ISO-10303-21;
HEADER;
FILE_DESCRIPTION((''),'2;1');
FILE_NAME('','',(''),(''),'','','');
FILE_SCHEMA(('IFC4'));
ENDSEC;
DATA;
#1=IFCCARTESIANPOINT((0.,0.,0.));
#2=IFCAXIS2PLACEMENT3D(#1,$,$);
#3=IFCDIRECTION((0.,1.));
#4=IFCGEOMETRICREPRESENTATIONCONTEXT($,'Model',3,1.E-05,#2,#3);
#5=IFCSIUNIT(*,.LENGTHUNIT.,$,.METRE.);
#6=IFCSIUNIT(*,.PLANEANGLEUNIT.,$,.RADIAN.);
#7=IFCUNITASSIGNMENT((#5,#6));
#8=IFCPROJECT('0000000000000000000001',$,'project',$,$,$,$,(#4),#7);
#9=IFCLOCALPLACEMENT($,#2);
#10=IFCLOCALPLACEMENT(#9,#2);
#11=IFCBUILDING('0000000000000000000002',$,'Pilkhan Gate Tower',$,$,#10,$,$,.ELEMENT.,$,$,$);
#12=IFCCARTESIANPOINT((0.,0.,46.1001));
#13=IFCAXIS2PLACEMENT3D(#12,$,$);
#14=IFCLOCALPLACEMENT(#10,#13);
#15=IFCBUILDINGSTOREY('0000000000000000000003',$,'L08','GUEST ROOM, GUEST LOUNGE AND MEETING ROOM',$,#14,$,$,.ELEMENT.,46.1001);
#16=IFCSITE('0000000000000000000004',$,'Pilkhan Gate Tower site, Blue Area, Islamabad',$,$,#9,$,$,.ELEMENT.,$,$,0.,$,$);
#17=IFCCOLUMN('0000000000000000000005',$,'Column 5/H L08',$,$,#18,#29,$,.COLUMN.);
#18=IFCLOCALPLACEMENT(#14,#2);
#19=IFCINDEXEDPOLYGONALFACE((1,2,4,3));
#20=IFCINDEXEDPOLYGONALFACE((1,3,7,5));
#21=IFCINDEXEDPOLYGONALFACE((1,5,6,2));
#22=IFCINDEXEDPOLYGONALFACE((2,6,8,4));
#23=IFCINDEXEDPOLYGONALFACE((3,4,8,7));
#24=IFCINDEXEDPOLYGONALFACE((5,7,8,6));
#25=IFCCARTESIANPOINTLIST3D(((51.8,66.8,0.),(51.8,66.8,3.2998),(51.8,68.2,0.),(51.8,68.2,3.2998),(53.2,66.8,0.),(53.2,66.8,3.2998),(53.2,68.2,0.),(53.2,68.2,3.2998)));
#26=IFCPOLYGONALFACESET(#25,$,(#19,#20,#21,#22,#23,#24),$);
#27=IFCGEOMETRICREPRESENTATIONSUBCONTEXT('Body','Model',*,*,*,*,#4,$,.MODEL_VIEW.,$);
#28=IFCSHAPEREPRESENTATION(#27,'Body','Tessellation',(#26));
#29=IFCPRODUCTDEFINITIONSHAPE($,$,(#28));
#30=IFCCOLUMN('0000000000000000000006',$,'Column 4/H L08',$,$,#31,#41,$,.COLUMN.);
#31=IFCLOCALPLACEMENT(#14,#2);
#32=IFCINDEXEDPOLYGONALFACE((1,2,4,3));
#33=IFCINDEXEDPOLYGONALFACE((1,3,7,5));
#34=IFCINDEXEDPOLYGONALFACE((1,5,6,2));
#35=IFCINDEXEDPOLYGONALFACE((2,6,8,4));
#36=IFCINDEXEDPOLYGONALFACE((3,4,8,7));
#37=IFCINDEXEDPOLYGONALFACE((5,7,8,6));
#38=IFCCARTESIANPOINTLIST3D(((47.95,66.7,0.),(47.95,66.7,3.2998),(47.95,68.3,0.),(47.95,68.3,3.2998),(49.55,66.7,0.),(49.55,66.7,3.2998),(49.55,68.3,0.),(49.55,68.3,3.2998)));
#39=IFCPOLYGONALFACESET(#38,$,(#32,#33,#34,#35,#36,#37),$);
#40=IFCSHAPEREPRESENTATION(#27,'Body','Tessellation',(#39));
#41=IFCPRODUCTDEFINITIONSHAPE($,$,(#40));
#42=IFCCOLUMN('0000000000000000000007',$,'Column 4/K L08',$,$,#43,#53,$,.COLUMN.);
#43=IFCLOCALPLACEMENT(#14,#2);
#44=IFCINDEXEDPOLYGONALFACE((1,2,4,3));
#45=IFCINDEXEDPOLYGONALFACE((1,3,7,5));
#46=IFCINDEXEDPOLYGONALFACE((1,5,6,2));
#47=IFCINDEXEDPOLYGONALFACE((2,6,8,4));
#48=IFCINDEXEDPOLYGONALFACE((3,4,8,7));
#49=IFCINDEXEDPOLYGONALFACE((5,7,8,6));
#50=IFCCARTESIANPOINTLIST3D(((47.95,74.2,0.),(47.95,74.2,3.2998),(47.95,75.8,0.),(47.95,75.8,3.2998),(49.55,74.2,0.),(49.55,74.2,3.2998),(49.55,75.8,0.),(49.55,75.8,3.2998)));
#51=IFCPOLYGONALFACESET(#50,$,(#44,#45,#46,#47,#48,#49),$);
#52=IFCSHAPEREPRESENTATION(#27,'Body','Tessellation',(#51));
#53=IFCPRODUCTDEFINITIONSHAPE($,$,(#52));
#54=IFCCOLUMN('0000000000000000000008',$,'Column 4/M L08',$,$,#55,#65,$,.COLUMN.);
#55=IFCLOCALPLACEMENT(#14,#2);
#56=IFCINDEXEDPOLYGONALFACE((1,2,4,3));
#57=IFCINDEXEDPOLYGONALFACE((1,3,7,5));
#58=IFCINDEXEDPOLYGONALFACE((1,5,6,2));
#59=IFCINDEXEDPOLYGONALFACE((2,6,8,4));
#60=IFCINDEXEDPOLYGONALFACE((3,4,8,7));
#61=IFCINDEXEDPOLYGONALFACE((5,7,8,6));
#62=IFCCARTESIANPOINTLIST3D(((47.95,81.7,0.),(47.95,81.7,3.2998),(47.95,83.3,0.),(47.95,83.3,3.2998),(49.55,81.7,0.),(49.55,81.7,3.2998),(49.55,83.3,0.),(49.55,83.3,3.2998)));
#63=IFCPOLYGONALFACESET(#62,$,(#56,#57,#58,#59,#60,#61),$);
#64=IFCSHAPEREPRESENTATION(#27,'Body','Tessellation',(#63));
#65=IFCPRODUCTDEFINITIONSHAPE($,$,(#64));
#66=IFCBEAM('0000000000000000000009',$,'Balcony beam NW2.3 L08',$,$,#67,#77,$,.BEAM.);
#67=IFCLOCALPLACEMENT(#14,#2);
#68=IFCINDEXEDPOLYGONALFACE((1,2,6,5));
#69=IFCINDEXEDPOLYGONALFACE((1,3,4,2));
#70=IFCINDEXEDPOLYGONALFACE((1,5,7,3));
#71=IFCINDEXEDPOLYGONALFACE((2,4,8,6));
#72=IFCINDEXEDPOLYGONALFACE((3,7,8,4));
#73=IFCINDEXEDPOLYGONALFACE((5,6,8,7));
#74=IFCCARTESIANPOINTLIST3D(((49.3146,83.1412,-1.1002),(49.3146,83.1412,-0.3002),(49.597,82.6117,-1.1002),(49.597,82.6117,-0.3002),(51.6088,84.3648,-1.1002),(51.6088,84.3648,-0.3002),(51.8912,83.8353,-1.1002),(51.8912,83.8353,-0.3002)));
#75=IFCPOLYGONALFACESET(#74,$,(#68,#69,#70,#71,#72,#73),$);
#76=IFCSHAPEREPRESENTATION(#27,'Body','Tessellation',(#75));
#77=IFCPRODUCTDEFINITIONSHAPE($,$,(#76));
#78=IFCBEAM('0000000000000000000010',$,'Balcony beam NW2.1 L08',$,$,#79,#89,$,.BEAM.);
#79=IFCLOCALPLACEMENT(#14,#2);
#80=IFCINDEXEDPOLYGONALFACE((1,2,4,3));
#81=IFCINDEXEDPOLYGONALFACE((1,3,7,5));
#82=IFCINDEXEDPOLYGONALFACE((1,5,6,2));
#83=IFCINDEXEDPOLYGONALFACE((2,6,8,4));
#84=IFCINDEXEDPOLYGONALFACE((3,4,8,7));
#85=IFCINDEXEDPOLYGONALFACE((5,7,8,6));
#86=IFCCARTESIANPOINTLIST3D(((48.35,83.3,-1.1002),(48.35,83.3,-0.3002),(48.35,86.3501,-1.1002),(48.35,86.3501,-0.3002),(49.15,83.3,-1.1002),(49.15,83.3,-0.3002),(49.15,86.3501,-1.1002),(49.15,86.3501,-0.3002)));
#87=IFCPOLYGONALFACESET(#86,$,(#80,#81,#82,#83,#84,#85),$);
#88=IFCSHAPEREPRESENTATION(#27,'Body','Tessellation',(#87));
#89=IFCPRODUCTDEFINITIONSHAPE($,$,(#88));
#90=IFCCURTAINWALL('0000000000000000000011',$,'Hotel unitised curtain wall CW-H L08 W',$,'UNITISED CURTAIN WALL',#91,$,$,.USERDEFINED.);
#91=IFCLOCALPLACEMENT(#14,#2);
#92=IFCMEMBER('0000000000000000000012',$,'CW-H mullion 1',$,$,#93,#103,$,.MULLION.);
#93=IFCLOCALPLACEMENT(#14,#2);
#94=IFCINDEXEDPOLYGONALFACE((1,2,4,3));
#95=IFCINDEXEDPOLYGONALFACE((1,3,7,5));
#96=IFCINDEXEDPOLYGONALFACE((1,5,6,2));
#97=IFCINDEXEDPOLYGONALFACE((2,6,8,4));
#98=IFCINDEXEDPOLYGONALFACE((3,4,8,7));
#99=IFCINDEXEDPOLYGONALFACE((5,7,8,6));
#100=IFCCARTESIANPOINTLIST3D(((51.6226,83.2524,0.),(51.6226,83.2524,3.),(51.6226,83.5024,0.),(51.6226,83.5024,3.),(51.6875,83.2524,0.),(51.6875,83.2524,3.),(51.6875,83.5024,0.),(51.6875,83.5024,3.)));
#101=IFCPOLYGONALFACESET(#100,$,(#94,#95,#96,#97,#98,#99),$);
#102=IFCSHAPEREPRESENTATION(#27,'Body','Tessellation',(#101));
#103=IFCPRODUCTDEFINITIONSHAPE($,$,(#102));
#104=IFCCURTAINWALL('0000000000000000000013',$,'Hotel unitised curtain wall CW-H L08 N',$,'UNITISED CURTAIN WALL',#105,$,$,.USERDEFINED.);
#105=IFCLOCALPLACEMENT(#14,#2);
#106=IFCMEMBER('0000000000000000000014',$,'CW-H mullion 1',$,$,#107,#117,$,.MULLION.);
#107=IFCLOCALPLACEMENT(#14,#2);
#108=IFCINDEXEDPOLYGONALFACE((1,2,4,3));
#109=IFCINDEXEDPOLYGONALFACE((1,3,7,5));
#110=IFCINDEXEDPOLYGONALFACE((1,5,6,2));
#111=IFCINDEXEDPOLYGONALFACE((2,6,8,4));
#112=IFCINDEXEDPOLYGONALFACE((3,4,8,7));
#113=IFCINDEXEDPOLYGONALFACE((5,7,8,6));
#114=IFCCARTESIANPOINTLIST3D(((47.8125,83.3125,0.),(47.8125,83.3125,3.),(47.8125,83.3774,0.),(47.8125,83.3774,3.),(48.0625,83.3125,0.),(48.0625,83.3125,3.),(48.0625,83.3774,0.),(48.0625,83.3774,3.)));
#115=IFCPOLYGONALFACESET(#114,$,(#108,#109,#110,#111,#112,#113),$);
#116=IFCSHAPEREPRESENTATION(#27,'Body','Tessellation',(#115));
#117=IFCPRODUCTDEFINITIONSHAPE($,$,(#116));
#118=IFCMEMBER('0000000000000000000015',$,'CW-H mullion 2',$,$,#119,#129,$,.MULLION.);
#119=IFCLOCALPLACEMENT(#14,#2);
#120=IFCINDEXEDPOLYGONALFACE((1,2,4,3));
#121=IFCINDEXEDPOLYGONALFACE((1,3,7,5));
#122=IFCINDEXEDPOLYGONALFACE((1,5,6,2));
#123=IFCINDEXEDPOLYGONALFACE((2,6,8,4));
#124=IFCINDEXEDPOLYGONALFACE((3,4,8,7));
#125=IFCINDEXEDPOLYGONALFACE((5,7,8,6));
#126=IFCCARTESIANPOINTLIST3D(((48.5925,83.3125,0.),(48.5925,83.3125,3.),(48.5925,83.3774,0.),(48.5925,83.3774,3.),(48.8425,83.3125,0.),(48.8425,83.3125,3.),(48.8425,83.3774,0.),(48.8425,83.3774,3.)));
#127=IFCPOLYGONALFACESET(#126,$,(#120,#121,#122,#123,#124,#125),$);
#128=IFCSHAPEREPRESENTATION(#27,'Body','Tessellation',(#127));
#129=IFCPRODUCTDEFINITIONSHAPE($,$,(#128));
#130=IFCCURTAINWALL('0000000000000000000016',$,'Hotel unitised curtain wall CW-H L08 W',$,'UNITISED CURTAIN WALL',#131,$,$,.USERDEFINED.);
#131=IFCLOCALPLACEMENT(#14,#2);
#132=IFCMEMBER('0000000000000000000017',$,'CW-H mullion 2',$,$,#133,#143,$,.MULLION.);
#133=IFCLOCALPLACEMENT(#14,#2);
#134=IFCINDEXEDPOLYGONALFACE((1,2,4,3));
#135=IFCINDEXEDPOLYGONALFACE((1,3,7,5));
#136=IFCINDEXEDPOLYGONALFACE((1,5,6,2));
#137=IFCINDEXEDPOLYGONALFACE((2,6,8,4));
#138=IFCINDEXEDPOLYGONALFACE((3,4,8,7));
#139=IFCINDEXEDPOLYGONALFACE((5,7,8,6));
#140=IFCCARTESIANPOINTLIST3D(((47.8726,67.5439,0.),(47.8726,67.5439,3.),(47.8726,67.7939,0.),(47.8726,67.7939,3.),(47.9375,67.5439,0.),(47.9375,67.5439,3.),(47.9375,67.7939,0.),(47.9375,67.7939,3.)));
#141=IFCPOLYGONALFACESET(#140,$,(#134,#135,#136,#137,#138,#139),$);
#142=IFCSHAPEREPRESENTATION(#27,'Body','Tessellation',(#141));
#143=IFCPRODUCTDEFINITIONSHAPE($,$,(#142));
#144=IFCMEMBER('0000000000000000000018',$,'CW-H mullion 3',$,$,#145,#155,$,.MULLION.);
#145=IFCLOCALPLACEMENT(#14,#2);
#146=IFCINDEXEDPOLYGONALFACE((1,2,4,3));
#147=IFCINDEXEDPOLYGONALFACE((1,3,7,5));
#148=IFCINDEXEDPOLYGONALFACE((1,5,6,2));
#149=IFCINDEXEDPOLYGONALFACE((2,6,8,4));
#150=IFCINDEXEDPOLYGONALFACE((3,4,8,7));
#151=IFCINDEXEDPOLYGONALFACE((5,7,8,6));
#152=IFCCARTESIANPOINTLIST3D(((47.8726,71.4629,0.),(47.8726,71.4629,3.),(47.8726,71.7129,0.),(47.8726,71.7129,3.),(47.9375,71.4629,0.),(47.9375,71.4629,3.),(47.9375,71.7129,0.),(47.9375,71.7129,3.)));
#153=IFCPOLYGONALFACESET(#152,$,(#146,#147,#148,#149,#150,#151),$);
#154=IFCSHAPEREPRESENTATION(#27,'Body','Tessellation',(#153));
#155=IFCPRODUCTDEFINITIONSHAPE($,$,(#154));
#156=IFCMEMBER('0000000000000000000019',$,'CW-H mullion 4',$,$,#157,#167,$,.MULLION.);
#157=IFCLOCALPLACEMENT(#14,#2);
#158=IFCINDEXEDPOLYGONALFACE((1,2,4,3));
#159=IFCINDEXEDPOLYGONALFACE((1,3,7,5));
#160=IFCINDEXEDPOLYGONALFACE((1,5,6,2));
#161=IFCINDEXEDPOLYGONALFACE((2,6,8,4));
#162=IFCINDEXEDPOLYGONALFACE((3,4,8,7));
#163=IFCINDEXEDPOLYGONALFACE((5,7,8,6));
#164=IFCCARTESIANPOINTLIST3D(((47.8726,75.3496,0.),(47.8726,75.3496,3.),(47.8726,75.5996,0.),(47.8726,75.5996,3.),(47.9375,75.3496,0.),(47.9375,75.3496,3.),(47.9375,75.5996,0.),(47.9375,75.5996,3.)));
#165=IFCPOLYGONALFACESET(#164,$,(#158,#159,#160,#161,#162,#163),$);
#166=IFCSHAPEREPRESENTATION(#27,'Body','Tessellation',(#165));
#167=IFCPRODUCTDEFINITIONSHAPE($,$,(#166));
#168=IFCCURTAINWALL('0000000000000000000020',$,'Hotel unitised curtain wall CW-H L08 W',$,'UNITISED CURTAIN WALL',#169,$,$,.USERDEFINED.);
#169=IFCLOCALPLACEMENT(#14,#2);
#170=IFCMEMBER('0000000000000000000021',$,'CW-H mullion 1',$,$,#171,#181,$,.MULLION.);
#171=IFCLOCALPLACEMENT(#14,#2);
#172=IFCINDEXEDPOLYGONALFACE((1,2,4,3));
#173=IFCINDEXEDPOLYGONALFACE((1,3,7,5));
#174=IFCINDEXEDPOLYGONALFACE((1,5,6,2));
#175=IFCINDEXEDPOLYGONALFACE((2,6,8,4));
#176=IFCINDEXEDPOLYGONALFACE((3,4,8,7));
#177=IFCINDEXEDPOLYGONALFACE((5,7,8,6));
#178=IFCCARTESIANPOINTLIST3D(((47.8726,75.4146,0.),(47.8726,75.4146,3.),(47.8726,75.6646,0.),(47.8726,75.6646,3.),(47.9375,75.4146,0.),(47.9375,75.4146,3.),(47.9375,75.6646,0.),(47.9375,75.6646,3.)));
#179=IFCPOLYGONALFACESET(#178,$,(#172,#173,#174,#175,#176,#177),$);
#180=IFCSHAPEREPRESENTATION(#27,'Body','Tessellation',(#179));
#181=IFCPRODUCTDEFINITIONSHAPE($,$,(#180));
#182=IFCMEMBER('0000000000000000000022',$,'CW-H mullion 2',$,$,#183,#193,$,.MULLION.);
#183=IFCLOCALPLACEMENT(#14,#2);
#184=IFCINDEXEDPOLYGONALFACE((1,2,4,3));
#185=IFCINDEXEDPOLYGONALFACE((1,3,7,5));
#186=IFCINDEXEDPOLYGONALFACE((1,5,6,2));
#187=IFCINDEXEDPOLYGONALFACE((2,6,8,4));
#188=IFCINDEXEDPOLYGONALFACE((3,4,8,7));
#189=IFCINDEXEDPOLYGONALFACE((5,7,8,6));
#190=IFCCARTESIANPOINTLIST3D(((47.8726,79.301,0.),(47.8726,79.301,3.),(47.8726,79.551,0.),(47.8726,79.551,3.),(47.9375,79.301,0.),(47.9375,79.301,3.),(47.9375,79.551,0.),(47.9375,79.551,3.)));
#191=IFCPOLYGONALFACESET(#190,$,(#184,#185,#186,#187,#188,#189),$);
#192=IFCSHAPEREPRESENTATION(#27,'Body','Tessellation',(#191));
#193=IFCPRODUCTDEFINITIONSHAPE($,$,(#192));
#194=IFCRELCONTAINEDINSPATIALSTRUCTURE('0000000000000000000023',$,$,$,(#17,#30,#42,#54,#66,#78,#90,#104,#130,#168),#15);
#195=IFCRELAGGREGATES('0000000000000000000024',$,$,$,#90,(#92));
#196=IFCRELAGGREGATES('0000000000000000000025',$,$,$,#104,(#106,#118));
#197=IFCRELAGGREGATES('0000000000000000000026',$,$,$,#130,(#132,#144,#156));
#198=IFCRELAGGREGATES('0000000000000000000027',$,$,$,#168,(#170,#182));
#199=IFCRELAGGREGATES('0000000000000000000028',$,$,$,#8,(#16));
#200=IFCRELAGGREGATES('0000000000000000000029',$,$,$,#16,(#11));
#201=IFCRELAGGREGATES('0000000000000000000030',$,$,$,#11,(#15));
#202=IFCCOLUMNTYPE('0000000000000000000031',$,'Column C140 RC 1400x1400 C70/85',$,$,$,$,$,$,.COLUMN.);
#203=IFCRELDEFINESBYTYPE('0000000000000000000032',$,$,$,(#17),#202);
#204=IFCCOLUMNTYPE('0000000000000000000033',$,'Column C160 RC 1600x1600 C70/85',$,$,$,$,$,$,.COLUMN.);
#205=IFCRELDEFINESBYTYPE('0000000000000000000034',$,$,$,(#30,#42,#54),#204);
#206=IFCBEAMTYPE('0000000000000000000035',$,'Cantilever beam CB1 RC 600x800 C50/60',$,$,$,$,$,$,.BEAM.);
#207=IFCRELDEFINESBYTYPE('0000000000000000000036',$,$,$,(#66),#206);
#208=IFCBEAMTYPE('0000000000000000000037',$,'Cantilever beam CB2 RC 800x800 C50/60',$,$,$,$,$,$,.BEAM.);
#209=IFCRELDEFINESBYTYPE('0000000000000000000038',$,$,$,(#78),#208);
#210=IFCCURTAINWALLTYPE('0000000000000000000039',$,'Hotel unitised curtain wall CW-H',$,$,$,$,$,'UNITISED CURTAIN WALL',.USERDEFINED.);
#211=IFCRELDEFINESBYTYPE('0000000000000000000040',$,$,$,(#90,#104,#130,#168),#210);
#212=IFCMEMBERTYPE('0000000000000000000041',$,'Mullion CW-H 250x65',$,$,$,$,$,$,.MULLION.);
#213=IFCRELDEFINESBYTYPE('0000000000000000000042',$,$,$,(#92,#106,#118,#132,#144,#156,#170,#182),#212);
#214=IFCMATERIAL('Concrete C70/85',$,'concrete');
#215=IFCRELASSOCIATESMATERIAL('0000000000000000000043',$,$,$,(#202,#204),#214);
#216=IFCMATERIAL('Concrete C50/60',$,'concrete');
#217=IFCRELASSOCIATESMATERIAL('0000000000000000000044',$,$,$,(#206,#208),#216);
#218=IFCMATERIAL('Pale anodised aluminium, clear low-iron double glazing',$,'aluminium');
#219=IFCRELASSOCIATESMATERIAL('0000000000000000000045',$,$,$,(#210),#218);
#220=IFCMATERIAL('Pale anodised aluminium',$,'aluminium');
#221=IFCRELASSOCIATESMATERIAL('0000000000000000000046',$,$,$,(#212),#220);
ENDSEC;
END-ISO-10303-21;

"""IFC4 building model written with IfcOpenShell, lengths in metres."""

from ifc_helpers import new_model, si_unit, direction, frame, origin, origin_2d, place, context, subcontext, project, spatial, rectangle, extrude, material, material_profile, profile_set, type_object, element, aggregate, save


model = new_model("IFC4")

# Units and contexts
model_context = context("Model", 3, precision=1e-05, world=origin(), true_north=direction((0.0, 1.0)))
body_context = subcontext(model_context, "Body", "Model", "MODEL_VIEW")
ifc_project = project(units=[si_unit("LENGTHUNIT", "METRE"), si_unit("PLANEANGLEUNIT", "RADIAN")], contexts=[model_context])

# Site, building, storey
site_placement = place(None, origin())
site = spatial("IfcSite", under=ifc_project, at=site_placement, Name="Pilkhan Gate Tower site, Blue Area, Islamabad", CompositionType="ELEMENT", RefElevation=0.0)
building_placement = place(site_placement, origin())
building = spatial("IfcBuilding", under=site, at=building_placement, Name="Pilkhan Gate Tower", CompositionType="ELEMENT")
storey_placement = place(building_placement, frame((0.0, 0.0, 46.1001)))
storey = spatial("IfcBuildingStorey", under=building, at=storey_placement, Name="L08", Description="GUEST ROOM, GUEST LOUNGE AND MEETING ROOM", CompositionType="ELEMENT", Elevation=46.1001)

# Columns
ifc_material_1 = material(Name="Concrete C70/85", Category="concrete")
ifc_material_profile_1 = material_profile(ifc_material_1, rectangle(XDim=1.3999, YDim=1.3999, at=origin_2d()), Name="RC 1400x1400")
ifc_profile_set_1 = profile_set([ifc_material_profile_1], Name="Concrete C70/85")
column_type_1 = type_object("IfcColumnType", Name="Column C140 RC 1400x1400 C70/85", PredefinedType="COLUMN", material=ifc_profile_set_1)
column_placement = place(storey_placement, frame((52.5, 67.5, 0.0), z_axis=(0.0, 0.0, 1.0), x_axis=(1.0, 0.0, 0.0)))
element("IfcColumn", 1, at=column_placement, inside=storey, type_object=column_type_1, Name="Column 5/H L08", PredefinedType="COLUMN", context=body_context, shape_type="SweptSolid", body=[
    extrude(rectangle(XDim=1.3999, YDim=1.3999, at=origin_2d()), origin(), (0.0, 0.0, 1.0), 3.2998),
])
ifc_material_profile_2 = material_profile(ifc_material_1, rectangle(XDim=1.6001, YDim=1.6001, at=origin_2d()), Name="RC 1600x1600")
ifc_profile_set_2 = profile_set([ifc_material_profile_2], Name="Concrete C70/85")
column_type_2 = type_object("IfcColumnType", Name="Column C160 RC 1600x1600 C70/85", PredefinedType="COLUMN", material=ifc_profile_set_2)
for number, where, z_axis, x_axis, name in (
    (2, (48.75, 67.5, 0.0), (0.0, 0.0, 1.0), (1.0, 0.0, 0.0), "Column 4/H L08"),
    (3, (48.75, 75.0, 0.0), (0.0, 0.0, 1.0), (1.0, 0.0, 0.0), "Column 4/K L08"),
    (4, (48.75, 82.5, 0.0), (0.0, 0.0, 1.0), (1.0, 0.0, 0.0), "Column 4/M L08"),
):
    element("IfcColumn", number, at=place(storey_placement, frame(where, z_axis=z_axis, x_axis=x_axis)), inside=storey, type_object=column_type_2, Name=name, PredefinedType="COLUMN", context=body_context, shape_type="SweptSolid", body=[
        extrude(rectangle(XDim=1.6001, YDim=1.6001, at=origin_2d()), origin(), (0.0, 0.0, 1.0), 3.2998),
    ])

# Beams
ifc_material_2 = material(Name="Concrete C50/60", Category="concrete")
ifc_material_profile_3 = material_profile(ifc_material_2, rectangle(XDim=0.6001, YDim=0.8, at=origin_2d()), Name="RC 600x800")
ifc_profile_set_3 = profile_set([ifc_material_profile_3], Name="Concrete C50/60")
beam_type_1 = type_object("IfcBeamType", Name="Cantilever beam CB1 RC 600x800 C50/60", PredefinedType="BEAM", material=ifc_profile_set_3)
beam_1_placement = place(storey_placement, frame((49.4558, 82.8765, -0.7002), z_axis=(0.882343, 0.470608, 0.0), x_axis=(-0.470608, 0.882343, 0.0)))
element("IfcBeam", 5, at=beam_1_placement, inside=storey, type_object=beam_type_1, Name="Balcony beam NW2.3 L08", PredefinedType="BEAM", context=body_context, shape_type="SweptSolid", body=[
    extrude(rectangle(XDim=0.6001, YDim=0.8, at=origin_2d()), origin(), (0.0, 0.0, 1.0), 2.6001),
])
ifc_material_profile_4 = material_profile(ifc_material_2, rectangle(XDim=0.8, YDim=0.8, at=origin_2d()), Name="RC 800x800")
ifc_profile_set_4 = profile_set([ifc_material_profile_4], Name="Concrete C50/60")
beam_type_2 = type_object("IfcBeamType", Name="Cantilever beam CB2 RC 800x800 C50/60", PredefinedType="BEAM", material=ifc_profile_set_4)
beam_2_placement = place(storey_placement, frame((48.75, 83.3, -0.7002), z_axis=(0.0, 1.0, 0.0), x_axis=(-1.0, 0.0, 0.0)))
element("IfcBeam", 6, at=beam_2_placement, inside=storey, type_object=beam_type_2, Name="Balcony beam NW2.1 L08", PredefinedType="BEAM", context=body_context, shape_type="SweptSolid", body=[
    extrude(rectangle(XDim=0.8, YDim=0.8, at=origin_2d()), origin(), (0.0, 0.0, 1.0), 3.05),
])

# Curtain wall, member
ifc_material_3 = material(Name="Pale anodised aluminium, clear low-iron double glazing", Category="aluminium")
curtain_wall_type = type_object("IfcCurtainWallType", Name="Hotel unitised curtain wall CW-H", ElementType="UNITISED CURTAIN WALL", PredefinedType="USERDEFINED", material=ifc_material_3)
curtain_wall_1_placement = place(storey_placement, origin())
curtain_wall_1 = element("IfcCurtainWall", 7, at=curtain_wall_1_placement, inside=storey, type_object=curtain_wall_type, Name="Hotel unitised curtain wall CW-H L08 W", ObjectType="UNITISED CURTAIN WALL", PredefinedType="USERDEFINED")
ifc_material_4 = material(Name="Pale anodised aluminium", Category="aluminium")
ifc_material_profile_5 = material_profile(ifc_material_4, rectangle(XDim=0.0649, YDim=0.25, at=origin_2d()), Name="Mullion 250x65")
ifc_profile_set_5 = profile_set([ifc_material_profile_5], Name="Pale anodised aluminium")
member_type_1 = type_object("IfcMemberType", Name="Mullion CW-H 250x65", PredefinedType="MULLION", material=ifc_profile_set_5)
member_1_placement = place(storey_placement, frame((51.655, 83.3774, 0.0), z_axis=(0.0, 0.0, 1.0), x_axis=(-1.0, 0.0, 0.0)))
member_1 = element("IfcMember", 8, at=member_1_placement, type_object=member_type_1, Name="CW-H mullion 1", PredefinedType="MULLION", context=body_context, shape_type="SweptSolid", body=[
    extrude(rectangle(XDim=0.0649, YDim=0.25, at=origin_2d()), origin(), (0.0, 0.0, 1.0), 3.0),
])

# Curtain walls, members
curtain_wall_2_placement = place(storey_placement, origin())
curtain_wall_2 = element("IfcCurtainWall", 9, at=curtain_wall_2_placement, inside=storey, type_object=curtain_wall_type, Name="Hotel unitised curtain wall CW-H L08 N", ObjectType="UNITISED CURTAIN WALL", PredefinedType="USERDEFINED")
member_2_placement = place(storey_placement, frame((47.9375, 83.345, 0.0), z_axis=(0.0, 0.0, 1.0), x_axis=(0.0, 1.0, 0.0)))
member_2 = element("IfcMember", 10, at=member_2_placement, type_object=member_type_1, Name="CW-H mullion 1", PredefinedType="MULLION", context=body_context, shape_type="SweptSolid", body=[
    extrude(rectangle(XDim=0.0649, YDim=0.25, at=origin_2d()), origin(), (0.0, 0.0, 1.0), 3.0),
])
member_3_placement = place(storey_placement, frame((48.7175, 83.345, 0.0), z_axis=(0.0, 0.0, 1.0), x_axis=(0.0, 1.0, 0.0)))
member_3 = element("IfcMember", 11, at=member_3_placement, type_object=member_type_1, Name="CW-H mullion 2", PredefinedType="MULLION", context=body_context, shape_type="SweptSolid", body=[
    extrude(rectangle(XDim=0.0649, YDim=0.25, at=origin_2d()), origin(), (0.0, 0.0, 1.0), 3.0),
])
curtain_wall_3_placement = place(storey_placement, origin())
curtain_wall_3 = element("IfcCurtainWall", 12, at=curtain_wall_3_placement, inside=storey, type_object=curtain_wall_type, Name="Hotel unitised curtain wall CW-H L08 W", ObjectType="UNITISED CURTAIN WALL", PredefinedType="USERDEFINED")
member_4_placement = place(storey_placement, frame((47.905, 67.6689, 0.0), z_axis=(0.0, 0.0, 1.0), x_axis=(-1.0, 0.0, 0.0)))
member_4 = element("IfcMember", 13, at=member_4_placement, type_object=member_type_1, Name="CW-H mullion 2", PredefinedType="MULLION", context=body_context, shape_type="SweptSolid", body=[
    extrude(rectangle(XDim=0.0649, YDim=0.25, at=origin_2d()), origin(), (0.0, 0.0, 1.0), 3.0),
])
member_5_placement = place(storey_placement, frame((47.905, 71.5879, 0.0), z_axis=(0.0, 0.0, 1.0), x_axis=(-1.0, 0.0, 0.0)))
member_5 = element("IfcMember", 14, at=member_5_placement, type_object=member_type_1, Name="CW-H mullion 3", PredefinedType="MULLION", context=body_context, shape_type="SweptSolid", body=[
    extrude(rectangle(XDim=0.0649, YDim=0.25, at=origin_2d()), origin(), (0.0, 0.0, 1.0), 3.0),
])
member_6_placement = place(storey_placement, frame((47.905, 75.4746, 0.0), z_axis=(0.0, 0.0, 1.0), x_axis=(-1.0, 0.0, 0.0)))
member_6 = element("IfcMember", 15, at=member_6_placement, type_object=member_type_1, Name="CW-H mullion 4", PredefinedType="MULLION", context=body_context, shape_type="SweptSolid", body=[
    extrude(rectangle(XDim=0.0649, YDim=0.25, at=origin_2d()), origin(), (0.0, 0.0, 1.0), 3.0),
])
curtain_wall_4_placement = place(storey_placement, origin())
curtain_wall_4 = element("IfcCurtainWall", 16, at=curtain_wall_4_placement, inside=storey, type_object=curtain_wall_type, Name="Hotel unitised curtain wall CW-H L08 W", ObjectType="UNITISED CURTAIN WALL", PredefinedType="USERDEFINED")
member_7_placement = place(storey_placement, frame((47.905, 75.5396, 0.0), z_axis=(0.0, 0.0, 1.0), x_axis=(-1.0, 0.0, 0.0)))
member_7 = element("IfcMember", 17, at=member_7_placement, type_object=member_type_1, Name="CW-H mullion 1", PredefinedType="MULLION", context=body_context, shape_type="SweptSolid", body=[
    extrude(rectangle(XDim=0.0649, YDim=0.25, at=origin_2d()), origin(), (0.0, 0.0, 1.0), 3.0),
])
member_8_placement = place(storey_placement, frame((47.905, 79.426, 0.0), z_axis=(0.0, 0.0, 1.0), x_axis=(-1.0, 0.0, 0.0)))
member_8 = element("IfcMember", 18, at=member_8_placement, type_object=member_type_1, Name="CW-H mullion 2", PredefinedType="MULLION", context=body_context, shape_type="SweptSolid", body=[
    extrude(rectangle(XDim=0.0649, YDim=0.25, at=origin_2d()), origin(), (0.0, 0.0, 1.0), 3.0),
])

aggregate(curtain_wall_1, [member_1])

aggregate(curtain_wall_2, [member_2, member_3])
aggregate(curtain_wall_3, [member_4, member_5, member_6])
aggregate(curtain_wall_4, [member_7, member_8])

save(model, "model.ifc")
